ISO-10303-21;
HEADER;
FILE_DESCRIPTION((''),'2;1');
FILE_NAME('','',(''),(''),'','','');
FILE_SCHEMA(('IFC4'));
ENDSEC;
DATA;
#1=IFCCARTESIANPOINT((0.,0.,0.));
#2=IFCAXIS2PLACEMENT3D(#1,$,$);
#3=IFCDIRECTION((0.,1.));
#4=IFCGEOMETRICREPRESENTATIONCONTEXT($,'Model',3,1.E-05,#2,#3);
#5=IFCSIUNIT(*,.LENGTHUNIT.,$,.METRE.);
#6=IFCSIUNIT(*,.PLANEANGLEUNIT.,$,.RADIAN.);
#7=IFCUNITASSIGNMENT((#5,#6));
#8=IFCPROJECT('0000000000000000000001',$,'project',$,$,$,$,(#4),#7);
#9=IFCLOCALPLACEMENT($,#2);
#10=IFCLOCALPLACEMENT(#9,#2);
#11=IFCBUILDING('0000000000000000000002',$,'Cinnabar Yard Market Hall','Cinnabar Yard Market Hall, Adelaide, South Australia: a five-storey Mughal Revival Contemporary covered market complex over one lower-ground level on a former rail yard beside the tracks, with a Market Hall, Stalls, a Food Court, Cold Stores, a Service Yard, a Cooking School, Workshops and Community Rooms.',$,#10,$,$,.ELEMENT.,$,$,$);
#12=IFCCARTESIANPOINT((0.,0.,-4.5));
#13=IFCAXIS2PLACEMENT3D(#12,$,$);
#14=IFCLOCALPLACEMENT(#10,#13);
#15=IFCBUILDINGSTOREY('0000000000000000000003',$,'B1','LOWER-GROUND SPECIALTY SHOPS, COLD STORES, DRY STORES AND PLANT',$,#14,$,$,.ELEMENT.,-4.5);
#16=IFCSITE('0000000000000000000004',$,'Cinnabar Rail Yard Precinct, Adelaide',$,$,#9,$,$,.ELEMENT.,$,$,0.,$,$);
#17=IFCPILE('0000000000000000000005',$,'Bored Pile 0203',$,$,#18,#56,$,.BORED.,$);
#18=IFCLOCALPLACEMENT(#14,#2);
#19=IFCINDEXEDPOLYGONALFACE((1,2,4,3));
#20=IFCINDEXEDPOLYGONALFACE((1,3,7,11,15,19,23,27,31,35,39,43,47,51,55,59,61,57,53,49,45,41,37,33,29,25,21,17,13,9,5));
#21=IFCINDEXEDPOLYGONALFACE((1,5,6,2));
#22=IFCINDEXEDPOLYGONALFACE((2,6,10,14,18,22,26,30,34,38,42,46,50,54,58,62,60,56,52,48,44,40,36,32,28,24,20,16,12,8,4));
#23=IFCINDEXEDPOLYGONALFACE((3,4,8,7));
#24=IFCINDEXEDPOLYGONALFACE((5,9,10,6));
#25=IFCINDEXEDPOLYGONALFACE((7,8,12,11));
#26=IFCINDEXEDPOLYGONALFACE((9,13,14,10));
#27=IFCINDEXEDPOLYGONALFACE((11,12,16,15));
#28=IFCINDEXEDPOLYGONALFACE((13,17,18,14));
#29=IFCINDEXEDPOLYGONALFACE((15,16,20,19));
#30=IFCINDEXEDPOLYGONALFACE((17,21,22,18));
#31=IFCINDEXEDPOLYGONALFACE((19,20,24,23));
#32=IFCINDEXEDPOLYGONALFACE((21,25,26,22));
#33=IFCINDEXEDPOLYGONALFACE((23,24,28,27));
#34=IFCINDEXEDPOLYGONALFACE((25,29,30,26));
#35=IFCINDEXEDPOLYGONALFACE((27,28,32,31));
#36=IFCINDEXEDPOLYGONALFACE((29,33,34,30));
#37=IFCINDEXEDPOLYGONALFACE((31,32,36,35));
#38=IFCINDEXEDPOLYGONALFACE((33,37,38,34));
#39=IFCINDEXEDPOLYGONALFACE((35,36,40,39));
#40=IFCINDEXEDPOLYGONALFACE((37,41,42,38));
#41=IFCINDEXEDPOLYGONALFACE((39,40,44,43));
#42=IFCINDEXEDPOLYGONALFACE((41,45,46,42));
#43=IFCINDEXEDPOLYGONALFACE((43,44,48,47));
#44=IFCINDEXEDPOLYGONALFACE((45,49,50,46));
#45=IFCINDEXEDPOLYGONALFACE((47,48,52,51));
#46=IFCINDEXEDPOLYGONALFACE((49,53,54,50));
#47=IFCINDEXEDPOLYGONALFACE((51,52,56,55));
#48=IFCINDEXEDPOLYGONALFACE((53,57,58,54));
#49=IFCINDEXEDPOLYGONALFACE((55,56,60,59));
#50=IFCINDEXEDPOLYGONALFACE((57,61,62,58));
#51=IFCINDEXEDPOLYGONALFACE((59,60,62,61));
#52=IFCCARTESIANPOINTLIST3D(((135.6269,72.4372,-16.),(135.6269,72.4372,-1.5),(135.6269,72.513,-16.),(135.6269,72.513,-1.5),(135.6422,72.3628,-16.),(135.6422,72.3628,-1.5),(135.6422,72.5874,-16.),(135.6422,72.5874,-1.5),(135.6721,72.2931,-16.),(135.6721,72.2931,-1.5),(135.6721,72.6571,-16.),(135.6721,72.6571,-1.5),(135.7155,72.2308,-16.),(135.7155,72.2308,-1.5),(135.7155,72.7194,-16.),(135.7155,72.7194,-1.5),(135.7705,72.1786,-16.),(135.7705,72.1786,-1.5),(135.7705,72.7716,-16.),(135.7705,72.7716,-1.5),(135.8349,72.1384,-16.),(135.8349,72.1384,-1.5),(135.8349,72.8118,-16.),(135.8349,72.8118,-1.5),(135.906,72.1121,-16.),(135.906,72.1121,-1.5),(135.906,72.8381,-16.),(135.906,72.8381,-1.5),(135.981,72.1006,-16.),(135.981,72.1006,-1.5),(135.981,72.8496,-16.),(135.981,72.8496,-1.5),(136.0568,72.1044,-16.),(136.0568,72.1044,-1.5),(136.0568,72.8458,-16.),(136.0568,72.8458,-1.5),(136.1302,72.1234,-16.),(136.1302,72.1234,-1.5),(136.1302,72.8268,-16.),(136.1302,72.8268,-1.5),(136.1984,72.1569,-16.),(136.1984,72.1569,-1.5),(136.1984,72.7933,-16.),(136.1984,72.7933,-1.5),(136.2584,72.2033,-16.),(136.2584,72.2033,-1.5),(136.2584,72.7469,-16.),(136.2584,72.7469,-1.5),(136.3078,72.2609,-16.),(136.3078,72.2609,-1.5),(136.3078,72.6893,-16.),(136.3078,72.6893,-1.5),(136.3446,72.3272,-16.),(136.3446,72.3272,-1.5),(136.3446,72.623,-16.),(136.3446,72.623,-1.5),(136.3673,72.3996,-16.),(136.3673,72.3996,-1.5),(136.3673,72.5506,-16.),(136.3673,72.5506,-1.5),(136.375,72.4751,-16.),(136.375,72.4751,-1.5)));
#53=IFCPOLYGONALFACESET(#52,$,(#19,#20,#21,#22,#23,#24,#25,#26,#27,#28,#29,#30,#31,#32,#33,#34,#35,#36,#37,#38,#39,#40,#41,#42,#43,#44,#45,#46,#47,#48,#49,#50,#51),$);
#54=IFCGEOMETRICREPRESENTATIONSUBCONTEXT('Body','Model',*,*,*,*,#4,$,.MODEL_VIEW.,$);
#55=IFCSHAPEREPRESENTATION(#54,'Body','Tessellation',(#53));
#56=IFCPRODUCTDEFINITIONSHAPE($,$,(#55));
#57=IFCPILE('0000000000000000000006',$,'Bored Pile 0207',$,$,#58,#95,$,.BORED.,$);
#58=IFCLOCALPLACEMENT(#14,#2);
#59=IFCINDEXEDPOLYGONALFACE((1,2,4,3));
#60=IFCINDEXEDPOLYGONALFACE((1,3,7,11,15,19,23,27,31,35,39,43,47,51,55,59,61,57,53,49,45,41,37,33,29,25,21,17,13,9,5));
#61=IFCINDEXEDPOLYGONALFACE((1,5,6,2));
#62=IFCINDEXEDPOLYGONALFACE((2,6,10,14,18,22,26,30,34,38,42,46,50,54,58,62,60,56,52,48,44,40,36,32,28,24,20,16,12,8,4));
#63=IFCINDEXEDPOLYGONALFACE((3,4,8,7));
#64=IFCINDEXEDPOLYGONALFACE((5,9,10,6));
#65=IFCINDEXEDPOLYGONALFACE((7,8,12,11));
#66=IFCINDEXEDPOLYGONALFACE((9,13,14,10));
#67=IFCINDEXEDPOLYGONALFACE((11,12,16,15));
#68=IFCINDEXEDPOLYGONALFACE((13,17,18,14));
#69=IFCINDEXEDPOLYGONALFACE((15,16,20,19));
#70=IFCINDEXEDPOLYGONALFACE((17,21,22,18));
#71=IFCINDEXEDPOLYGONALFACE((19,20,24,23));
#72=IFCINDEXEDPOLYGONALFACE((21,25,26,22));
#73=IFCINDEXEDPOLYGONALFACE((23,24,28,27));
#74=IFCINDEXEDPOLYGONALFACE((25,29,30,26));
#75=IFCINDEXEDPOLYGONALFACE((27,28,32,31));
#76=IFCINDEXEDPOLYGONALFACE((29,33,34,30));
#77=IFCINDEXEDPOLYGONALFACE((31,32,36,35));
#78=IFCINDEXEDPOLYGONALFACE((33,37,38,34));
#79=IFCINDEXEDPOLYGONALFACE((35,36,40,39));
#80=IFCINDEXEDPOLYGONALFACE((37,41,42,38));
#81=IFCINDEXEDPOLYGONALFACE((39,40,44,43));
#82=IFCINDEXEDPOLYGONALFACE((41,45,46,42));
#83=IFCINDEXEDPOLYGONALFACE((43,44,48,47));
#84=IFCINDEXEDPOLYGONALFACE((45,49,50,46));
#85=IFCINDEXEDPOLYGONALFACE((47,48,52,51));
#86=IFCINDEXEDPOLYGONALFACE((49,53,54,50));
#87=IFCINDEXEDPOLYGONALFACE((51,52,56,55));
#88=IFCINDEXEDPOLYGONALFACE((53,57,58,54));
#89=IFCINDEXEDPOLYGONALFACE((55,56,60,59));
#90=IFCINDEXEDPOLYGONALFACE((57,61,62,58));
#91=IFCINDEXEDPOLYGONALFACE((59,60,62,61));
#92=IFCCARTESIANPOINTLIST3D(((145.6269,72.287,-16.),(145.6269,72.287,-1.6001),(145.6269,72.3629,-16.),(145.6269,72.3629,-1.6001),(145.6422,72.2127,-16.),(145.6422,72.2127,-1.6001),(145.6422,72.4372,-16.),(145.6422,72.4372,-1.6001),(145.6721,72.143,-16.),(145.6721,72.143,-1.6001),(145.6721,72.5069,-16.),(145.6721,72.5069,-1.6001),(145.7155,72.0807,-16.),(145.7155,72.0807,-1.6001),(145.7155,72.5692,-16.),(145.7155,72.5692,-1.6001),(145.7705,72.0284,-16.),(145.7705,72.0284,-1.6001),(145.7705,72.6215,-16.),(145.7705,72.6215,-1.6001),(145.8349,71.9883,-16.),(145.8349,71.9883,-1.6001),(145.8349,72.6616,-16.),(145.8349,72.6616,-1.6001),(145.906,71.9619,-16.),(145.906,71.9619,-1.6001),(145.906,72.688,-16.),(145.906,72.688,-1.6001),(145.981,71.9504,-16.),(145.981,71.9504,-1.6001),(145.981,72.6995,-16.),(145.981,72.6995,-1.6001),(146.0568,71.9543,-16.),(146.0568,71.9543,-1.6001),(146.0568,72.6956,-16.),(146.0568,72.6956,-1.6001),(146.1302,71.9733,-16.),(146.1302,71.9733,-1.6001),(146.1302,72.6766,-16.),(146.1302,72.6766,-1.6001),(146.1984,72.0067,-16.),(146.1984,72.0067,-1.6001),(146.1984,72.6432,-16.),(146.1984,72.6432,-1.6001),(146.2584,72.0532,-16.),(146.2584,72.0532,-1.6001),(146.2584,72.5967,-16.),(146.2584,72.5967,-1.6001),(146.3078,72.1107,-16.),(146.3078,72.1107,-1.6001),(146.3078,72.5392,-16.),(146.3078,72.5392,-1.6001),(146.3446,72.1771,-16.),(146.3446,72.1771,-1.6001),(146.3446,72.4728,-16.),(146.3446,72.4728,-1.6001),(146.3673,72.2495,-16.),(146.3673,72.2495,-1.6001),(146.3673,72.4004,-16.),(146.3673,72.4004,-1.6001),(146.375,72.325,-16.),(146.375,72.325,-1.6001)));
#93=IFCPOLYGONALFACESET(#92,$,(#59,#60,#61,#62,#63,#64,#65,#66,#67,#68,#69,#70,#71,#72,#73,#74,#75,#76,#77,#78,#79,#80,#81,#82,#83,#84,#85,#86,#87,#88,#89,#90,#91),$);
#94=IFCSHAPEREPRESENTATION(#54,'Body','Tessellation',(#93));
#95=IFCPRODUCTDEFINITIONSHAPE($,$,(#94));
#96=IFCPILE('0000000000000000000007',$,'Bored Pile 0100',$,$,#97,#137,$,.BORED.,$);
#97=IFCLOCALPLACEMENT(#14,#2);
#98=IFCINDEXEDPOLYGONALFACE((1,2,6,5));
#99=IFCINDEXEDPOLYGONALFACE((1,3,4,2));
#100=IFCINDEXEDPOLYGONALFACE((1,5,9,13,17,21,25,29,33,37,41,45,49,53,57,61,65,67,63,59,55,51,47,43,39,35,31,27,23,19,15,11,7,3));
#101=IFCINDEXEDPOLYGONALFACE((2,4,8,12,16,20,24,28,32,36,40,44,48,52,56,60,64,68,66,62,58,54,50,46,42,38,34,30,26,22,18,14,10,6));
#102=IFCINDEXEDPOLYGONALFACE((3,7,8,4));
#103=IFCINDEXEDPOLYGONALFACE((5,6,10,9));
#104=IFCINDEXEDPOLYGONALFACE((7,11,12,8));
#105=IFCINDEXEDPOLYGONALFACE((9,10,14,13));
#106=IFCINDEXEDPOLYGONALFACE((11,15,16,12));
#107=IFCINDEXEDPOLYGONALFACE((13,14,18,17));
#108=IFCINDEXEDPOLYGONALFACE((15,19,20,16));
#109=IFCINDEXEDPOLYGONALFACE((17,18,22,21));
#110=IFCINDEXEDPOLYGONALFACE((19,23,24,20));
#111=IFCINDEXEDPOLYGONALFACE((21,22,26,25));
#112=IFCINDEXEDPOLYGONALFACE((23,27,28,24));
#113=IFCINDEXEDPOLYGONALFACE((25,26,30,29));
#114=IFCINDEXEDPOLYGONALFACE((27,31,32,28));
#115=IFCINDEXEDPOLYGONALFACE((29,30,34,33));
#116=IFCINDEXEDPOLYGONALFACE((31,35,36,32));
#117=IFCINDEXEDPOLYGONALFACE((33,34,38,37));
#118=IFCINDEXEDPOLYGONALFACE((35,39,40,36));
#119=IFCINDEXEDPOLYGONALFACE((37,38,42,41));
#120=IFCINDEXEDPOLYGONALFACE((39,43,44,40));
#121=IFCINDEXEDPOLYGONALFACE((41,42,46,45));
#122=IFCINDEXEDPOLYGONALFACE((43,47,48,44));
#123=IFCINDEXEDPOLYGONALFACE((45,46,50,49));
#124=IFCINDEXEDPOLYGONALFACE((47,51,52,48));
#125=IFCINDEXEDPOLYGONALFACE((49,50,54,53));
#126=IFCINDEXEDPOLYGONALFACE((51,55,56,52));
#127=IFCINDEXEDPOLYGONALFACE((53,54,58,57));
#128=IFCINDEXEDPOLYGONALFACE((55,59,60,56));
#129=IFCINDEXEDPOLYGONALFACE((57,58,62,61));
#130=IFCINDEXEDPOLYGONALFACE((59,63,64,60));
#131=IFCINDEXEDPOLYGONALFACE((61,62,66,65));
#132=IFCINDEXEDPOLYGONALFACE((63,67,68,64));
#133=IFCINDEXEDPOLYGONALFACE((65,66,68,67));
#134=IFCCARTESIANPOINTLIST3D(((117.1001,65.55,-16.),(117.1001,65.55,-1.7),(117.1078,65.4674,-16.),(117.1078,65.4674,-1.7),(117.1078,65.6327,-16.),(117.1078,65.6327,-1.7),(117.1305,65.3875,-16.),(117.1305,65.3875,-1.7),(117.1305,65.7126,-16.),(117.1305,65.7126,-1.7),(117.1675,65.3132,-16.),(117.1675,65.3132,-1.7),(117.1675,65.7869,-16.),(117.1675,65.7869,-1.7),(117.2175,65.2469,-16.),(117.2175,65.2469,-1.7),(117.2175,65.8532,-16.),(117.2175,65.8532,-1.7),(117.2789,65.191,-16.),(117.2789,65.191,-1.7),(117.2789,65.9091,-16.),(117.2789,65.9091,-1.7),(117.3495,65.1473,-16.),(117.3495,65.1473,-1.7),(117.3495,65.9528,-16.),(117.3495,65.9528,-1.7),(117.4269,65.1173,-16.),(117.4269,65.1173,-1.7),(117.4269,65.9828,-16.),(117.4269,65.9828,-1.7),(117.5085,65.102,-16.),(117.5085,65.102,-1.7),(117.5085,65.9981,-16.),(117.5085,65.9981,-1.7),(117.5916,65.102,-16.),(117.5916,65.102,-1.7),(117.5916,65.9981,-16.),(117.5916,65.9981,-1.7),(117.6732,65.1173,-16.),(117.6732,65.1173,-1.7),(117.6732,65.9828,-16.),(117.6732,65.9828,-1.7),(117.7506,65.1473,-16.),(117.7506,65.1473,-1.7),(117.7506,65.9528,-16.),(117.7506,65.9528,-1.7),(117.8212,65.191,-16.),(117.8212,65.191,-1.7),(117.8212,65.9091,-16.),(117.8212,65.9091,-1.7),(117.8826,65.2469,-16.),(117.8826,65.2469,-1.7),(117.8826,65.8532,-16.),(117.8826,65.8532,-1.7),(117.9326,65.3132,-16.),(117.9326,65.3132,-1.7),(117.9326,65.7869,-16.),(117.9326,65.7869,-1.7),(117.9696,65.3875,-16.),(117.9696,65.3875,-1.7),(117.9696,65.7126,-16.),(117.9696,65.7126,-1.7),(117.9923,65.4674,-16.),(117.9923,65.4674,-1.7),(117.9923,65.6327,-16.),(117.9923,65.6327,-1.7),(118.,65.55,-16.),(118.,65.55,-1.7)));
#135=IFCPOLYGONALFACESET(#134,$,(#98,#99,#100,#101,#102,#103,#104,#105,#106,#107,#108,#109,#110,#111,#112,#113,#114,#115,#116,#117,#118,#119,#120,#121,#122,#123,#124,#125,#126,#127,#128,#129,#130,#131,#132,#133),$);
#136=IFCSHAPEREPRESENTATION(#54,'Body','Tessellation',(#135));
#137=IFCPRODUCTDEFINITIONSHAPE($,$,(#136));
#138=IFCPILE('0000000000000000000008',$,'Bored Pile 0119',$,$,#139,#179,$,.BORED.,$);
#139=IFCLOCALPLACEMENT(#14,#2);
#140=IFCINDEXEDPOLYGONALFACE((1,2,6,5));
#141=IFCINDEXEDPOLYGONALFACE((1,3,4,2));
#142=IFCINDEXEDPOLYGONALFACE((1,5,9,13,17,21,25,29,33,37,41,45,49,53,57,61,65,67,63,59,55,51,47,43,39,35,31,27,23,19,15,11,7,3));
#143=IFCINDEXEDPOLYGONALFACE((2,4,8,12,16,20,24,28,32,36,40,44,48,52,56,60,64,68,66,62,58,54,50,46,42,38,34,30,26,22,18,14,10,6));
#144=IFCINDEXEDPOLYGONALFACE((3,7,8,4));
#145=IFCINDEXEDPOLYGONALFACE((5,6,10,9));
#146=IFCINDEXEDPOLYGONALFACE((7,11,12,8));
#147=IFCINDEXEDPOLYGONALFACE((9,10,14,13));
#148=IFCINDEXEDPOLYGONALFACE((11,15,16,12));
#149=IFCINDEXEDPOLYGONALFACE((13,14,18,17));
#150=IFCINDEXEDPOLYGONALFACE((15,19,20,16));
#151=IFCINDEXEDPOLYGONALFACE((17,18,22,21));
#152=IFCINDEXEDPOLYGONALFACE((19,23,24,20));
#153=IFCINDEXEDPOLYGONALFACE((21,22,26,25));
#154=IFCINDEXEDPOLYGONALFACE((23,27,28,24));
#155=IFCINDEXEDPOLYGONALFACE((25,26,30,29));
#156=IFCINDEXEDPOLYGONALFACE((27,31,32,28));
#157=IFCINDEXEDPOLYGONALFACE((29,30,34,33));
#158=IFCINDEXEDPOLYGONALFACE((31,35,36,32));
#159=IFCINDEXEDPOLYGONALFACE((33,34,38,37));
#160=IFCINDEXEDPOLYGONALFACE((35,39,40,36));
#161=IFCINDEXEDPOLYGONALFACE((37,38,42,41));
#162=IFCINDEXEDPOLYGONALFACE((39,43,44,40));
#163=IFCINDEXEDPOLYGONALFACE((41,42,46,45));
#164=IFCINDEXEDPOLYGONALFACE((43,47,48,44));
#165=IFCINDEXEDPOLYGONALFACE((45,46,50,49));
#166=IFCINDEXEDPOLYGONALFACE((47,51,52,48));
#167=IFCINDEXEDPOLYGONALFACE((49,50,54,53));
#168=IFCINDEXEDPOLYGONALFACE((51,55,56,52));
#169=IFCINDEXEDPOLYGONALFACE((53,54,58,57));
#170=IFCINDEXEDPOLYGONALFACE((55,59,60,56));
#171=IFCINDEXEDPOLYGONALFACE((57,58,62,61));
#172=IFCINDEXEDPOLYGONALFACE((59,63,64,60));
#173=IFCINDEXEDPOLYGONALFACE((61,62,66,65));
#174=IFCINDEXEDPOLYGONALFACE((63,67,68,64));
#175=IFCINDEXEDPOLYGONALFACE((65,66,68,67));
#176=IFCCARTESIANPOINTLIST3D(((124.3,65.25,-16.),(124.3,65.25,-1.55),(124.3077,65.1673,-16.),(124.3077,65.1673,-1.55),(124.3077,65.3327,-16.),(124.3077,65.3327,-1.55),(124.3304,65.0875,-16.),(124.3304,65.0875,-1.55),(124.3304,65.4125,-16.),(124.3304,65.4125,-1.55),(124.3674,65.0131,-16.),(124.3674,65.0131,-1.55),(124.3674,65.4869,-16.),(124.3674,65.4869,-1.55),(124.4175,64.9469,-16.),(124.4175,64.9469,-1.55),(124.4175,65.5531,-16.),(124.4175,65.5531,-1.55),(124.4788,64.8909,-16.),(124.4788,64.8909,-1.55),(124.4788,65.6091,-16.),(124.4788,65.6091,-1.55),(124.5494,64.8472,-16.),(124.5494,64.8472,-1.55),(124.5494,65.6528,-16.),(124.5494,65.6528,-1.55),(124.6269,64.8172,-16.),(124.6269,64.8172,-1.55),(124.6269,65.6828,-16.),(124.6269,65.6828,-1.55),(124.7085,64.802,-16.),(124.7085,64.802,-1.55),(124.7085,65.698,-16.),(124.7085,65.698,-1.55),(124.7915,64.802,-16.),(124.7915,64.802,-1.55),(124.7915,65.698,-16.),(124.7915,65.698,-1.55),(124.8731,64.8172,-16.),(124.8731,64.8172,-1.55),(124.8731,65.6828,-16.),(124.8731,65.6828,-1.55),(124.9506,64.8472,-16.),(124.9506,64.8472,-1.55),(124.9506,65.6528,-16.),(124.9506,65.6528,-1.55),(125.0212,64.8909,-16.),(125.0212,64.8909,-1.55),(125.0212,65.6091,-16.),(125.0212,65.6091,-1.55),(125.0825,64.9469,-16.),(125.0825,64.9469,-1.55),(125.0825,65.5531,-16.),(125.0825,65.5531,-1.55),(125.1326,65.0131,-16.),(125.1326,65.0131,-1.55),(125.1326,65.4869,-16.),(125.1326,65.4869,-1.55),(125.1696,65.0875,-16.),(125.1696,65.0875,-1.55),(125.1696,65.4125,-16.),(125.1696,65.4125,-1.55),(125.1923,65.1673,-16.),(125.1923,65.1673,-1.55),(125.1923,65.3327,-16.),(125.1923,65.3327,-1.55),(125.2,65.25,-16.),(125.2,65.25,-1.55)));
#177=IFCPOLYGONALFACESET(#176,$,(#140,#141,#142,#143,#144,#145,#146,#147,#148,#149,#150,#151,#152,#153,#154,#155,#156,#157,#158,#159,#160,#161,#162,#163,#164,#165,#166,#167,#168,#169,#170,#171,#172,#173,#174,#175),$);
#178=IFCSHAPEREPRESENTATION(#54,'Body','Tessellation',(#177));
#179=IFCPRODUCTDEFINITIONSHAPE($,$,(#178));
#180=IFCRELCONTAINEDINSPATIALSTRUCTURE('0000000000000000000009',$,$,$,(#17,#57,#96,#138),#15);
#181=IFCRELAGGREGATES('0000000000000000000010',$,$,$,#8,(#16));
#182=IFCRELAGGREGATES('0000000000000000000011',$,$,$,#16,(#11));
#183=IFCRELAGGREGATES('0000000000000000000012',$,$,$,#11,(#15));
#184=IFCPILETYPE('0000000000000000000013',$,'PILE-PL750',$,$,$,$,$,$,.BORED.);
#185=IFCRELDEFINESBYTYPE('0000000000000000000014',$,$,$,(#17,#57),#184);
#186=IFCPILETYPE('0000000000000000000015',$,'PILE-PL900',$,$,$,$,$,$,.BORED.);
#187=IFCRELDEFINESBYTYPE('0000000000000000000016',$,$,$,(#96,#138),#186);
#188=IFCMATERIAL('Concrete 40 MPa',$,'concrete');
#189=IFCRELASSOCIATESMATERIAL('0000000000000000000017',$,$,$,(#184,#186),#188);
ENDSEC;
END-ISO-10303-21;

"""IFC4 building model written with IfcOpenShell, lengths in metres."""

from ifc_helpers import new_model, si_unit, direction, frame, origin, origin_2d_with_axis, place, context, subcontext, project, spatial, circle, extrude, material, material_profile, profile_set, type_object, element, save


model = new_model("IFC4")

# Units and contexts
model_context = context("Model", 3, precision=1e-05, world=origin(), true_north=direction((0.0, 1.0)))
body_context = subcontext(model_context, "Body", "Model", "MODEL_VIEW")
ifc_project = project(units=[si_unit("LENGTHUNIT", "METRE"), si_unit("PLANEANGLEUNIT", "RADIAN")], contexts=[model_context])

# Site, building, storey
site_placement = place(None, origin())
site = spatial("IfcSite", under=ifc_project, at=site_placement, Name="Cinnabar Rail Yard Precinct, Adelaide", CompositionType="ELEMENT", RefElevation=0.0)
building_placement = place(site_placement, origin())
building = spatial("IfcBuilding", under=site, at=building_placement, Name="Cinnabar Yard Market Hall", Description="Cinnabar Yard Market Hall, Adelaide, South Australia: a five-storey Mughal Revival Contemporary covered market complex over one lower-ground level on a former rail yard beside the tracks, with a Market Hall, Stalls, a Food Court, Cold Stores, a Service Yard, a Cooking School, Workshops and Community Rooms.", CompositionType="ELEMENT")
storey_placement = place(building_placement, frame((0.0, 0.0, -4.5)))
storey = spatial("IfcBuildingStorey", under=building, at=storey_placement, Name="B1", Description="LOWER-GROUND SPECIALTY SHOPS, COLD STORES, DRY STORES AND PLANT", CompositionType="ELEMENT", Elevation=-4.5)

# Shared definitions
ifc_material_1 = material(Name="Concrete 40 MPa", Category="concrete")

# Piles
ifc_material_profile_1 = material_profile(ifc_material_1, circle(Radius=0.375, at=origin_2d_with_axis()), Name="PILE-D750")
ifc_profile_set_1 = profile_set([ifc_material_profile_1], Name="Concrete 40 MPa")
pile_type_1 = type_object("IfcPileType", Name="PILE-PL750", PredefinedType="BORED", material=ifc_profile_set_1)
pile_1_placement = place(storey_placement, frame((136.0, 72.4751, -1.5), z_axis=(0.0, 0.0, -1.0), x_axis=(1.0, 0.0, 0.0)))
element("IfcPile", 1, at=pile_1_placement, inside=storey, type_object=pile_type_1, Name="Bored Pile 0203", PredefinedType="BORED", context=body_context, shape_type="SweptSolid", body=[
    extrude(circle(Radius=0.375, at=origin_2d_with_axis()), origin(), (0.0, 0.0, 1.0), 14.5),
])
pile_2_placement = place(storey_placement, frame((146.0, 72.325, -1.6001), z_axis=(0.0, 0.0, -1.0), x_axis=(1.0, 0.0, 0.0)))
element("IfcPile", 2, at=pile_2_placement, inside=storey, type_object=pile_type_1, Name="Bored Pile 0207", PredefinedType="BORED", context=body_context, shape_type="SweptSolid", body=[
    extrude(circle(Radius=0.375, at=origin_2d_with_axis()), origin(), (0.0, 0.0, 1.0), 14.3999),
])
ifc_material_profile_2 = material_profile(ifc_material_1, circle(Radius=0.45, at=origin_2d_with_axis()), Name="PILE-D900")
ifc_profile_set_2 = profile_set([ifc_material_profile_2], Name="Concrete 40 MPa")
pile_type_2 = type_object("IfcPileType", Name="PILE-PL900", PredefinedType="BORED", material=ifc_profile_set_2)
pile_3_placement = place(storey_placement, frame((117.55, 65.55, -1.7), z_axis=(0.0, 0.0, -1.0), x_axis=(1.0, 0.0, 0.0)))
element("IfcPile", 3, at=pile_3_placement, inside=storey, type_object=pile_type_2, Name="Bored Pile 0100", PredefinedType="BORED", context=body_context, shape_type="SweptSolid", body=[
    extrude(circle(Radius=0.45, at=origin_2d_with_axis()), origin(), (0.0, 0.0, 1.0), 14.3),
])
for number, where, z_axis, x_axis, name in (
    (4, (124.75, 65.25, -1.55), (0.0, 0.0, -1.0), (1.0, 0.0, 0.0), "Bored Pile 0119"),
):
    element("IfcPile", number, at=place(storey_placement, frame(where, z_axis=z_axis, x_axis=x_axis)), inside=storey, type_object=pile_type_2, Name=name, PredefinedType="BORED", context=body_context, shape_type="SweptSolid", body=[
        extrude(circle(Radius=0.45, at=origin_2d_with_axis()), origin(), (0.0, 0.0, 1.0), 14.45),
    ])

save(model, "model.ifc")
